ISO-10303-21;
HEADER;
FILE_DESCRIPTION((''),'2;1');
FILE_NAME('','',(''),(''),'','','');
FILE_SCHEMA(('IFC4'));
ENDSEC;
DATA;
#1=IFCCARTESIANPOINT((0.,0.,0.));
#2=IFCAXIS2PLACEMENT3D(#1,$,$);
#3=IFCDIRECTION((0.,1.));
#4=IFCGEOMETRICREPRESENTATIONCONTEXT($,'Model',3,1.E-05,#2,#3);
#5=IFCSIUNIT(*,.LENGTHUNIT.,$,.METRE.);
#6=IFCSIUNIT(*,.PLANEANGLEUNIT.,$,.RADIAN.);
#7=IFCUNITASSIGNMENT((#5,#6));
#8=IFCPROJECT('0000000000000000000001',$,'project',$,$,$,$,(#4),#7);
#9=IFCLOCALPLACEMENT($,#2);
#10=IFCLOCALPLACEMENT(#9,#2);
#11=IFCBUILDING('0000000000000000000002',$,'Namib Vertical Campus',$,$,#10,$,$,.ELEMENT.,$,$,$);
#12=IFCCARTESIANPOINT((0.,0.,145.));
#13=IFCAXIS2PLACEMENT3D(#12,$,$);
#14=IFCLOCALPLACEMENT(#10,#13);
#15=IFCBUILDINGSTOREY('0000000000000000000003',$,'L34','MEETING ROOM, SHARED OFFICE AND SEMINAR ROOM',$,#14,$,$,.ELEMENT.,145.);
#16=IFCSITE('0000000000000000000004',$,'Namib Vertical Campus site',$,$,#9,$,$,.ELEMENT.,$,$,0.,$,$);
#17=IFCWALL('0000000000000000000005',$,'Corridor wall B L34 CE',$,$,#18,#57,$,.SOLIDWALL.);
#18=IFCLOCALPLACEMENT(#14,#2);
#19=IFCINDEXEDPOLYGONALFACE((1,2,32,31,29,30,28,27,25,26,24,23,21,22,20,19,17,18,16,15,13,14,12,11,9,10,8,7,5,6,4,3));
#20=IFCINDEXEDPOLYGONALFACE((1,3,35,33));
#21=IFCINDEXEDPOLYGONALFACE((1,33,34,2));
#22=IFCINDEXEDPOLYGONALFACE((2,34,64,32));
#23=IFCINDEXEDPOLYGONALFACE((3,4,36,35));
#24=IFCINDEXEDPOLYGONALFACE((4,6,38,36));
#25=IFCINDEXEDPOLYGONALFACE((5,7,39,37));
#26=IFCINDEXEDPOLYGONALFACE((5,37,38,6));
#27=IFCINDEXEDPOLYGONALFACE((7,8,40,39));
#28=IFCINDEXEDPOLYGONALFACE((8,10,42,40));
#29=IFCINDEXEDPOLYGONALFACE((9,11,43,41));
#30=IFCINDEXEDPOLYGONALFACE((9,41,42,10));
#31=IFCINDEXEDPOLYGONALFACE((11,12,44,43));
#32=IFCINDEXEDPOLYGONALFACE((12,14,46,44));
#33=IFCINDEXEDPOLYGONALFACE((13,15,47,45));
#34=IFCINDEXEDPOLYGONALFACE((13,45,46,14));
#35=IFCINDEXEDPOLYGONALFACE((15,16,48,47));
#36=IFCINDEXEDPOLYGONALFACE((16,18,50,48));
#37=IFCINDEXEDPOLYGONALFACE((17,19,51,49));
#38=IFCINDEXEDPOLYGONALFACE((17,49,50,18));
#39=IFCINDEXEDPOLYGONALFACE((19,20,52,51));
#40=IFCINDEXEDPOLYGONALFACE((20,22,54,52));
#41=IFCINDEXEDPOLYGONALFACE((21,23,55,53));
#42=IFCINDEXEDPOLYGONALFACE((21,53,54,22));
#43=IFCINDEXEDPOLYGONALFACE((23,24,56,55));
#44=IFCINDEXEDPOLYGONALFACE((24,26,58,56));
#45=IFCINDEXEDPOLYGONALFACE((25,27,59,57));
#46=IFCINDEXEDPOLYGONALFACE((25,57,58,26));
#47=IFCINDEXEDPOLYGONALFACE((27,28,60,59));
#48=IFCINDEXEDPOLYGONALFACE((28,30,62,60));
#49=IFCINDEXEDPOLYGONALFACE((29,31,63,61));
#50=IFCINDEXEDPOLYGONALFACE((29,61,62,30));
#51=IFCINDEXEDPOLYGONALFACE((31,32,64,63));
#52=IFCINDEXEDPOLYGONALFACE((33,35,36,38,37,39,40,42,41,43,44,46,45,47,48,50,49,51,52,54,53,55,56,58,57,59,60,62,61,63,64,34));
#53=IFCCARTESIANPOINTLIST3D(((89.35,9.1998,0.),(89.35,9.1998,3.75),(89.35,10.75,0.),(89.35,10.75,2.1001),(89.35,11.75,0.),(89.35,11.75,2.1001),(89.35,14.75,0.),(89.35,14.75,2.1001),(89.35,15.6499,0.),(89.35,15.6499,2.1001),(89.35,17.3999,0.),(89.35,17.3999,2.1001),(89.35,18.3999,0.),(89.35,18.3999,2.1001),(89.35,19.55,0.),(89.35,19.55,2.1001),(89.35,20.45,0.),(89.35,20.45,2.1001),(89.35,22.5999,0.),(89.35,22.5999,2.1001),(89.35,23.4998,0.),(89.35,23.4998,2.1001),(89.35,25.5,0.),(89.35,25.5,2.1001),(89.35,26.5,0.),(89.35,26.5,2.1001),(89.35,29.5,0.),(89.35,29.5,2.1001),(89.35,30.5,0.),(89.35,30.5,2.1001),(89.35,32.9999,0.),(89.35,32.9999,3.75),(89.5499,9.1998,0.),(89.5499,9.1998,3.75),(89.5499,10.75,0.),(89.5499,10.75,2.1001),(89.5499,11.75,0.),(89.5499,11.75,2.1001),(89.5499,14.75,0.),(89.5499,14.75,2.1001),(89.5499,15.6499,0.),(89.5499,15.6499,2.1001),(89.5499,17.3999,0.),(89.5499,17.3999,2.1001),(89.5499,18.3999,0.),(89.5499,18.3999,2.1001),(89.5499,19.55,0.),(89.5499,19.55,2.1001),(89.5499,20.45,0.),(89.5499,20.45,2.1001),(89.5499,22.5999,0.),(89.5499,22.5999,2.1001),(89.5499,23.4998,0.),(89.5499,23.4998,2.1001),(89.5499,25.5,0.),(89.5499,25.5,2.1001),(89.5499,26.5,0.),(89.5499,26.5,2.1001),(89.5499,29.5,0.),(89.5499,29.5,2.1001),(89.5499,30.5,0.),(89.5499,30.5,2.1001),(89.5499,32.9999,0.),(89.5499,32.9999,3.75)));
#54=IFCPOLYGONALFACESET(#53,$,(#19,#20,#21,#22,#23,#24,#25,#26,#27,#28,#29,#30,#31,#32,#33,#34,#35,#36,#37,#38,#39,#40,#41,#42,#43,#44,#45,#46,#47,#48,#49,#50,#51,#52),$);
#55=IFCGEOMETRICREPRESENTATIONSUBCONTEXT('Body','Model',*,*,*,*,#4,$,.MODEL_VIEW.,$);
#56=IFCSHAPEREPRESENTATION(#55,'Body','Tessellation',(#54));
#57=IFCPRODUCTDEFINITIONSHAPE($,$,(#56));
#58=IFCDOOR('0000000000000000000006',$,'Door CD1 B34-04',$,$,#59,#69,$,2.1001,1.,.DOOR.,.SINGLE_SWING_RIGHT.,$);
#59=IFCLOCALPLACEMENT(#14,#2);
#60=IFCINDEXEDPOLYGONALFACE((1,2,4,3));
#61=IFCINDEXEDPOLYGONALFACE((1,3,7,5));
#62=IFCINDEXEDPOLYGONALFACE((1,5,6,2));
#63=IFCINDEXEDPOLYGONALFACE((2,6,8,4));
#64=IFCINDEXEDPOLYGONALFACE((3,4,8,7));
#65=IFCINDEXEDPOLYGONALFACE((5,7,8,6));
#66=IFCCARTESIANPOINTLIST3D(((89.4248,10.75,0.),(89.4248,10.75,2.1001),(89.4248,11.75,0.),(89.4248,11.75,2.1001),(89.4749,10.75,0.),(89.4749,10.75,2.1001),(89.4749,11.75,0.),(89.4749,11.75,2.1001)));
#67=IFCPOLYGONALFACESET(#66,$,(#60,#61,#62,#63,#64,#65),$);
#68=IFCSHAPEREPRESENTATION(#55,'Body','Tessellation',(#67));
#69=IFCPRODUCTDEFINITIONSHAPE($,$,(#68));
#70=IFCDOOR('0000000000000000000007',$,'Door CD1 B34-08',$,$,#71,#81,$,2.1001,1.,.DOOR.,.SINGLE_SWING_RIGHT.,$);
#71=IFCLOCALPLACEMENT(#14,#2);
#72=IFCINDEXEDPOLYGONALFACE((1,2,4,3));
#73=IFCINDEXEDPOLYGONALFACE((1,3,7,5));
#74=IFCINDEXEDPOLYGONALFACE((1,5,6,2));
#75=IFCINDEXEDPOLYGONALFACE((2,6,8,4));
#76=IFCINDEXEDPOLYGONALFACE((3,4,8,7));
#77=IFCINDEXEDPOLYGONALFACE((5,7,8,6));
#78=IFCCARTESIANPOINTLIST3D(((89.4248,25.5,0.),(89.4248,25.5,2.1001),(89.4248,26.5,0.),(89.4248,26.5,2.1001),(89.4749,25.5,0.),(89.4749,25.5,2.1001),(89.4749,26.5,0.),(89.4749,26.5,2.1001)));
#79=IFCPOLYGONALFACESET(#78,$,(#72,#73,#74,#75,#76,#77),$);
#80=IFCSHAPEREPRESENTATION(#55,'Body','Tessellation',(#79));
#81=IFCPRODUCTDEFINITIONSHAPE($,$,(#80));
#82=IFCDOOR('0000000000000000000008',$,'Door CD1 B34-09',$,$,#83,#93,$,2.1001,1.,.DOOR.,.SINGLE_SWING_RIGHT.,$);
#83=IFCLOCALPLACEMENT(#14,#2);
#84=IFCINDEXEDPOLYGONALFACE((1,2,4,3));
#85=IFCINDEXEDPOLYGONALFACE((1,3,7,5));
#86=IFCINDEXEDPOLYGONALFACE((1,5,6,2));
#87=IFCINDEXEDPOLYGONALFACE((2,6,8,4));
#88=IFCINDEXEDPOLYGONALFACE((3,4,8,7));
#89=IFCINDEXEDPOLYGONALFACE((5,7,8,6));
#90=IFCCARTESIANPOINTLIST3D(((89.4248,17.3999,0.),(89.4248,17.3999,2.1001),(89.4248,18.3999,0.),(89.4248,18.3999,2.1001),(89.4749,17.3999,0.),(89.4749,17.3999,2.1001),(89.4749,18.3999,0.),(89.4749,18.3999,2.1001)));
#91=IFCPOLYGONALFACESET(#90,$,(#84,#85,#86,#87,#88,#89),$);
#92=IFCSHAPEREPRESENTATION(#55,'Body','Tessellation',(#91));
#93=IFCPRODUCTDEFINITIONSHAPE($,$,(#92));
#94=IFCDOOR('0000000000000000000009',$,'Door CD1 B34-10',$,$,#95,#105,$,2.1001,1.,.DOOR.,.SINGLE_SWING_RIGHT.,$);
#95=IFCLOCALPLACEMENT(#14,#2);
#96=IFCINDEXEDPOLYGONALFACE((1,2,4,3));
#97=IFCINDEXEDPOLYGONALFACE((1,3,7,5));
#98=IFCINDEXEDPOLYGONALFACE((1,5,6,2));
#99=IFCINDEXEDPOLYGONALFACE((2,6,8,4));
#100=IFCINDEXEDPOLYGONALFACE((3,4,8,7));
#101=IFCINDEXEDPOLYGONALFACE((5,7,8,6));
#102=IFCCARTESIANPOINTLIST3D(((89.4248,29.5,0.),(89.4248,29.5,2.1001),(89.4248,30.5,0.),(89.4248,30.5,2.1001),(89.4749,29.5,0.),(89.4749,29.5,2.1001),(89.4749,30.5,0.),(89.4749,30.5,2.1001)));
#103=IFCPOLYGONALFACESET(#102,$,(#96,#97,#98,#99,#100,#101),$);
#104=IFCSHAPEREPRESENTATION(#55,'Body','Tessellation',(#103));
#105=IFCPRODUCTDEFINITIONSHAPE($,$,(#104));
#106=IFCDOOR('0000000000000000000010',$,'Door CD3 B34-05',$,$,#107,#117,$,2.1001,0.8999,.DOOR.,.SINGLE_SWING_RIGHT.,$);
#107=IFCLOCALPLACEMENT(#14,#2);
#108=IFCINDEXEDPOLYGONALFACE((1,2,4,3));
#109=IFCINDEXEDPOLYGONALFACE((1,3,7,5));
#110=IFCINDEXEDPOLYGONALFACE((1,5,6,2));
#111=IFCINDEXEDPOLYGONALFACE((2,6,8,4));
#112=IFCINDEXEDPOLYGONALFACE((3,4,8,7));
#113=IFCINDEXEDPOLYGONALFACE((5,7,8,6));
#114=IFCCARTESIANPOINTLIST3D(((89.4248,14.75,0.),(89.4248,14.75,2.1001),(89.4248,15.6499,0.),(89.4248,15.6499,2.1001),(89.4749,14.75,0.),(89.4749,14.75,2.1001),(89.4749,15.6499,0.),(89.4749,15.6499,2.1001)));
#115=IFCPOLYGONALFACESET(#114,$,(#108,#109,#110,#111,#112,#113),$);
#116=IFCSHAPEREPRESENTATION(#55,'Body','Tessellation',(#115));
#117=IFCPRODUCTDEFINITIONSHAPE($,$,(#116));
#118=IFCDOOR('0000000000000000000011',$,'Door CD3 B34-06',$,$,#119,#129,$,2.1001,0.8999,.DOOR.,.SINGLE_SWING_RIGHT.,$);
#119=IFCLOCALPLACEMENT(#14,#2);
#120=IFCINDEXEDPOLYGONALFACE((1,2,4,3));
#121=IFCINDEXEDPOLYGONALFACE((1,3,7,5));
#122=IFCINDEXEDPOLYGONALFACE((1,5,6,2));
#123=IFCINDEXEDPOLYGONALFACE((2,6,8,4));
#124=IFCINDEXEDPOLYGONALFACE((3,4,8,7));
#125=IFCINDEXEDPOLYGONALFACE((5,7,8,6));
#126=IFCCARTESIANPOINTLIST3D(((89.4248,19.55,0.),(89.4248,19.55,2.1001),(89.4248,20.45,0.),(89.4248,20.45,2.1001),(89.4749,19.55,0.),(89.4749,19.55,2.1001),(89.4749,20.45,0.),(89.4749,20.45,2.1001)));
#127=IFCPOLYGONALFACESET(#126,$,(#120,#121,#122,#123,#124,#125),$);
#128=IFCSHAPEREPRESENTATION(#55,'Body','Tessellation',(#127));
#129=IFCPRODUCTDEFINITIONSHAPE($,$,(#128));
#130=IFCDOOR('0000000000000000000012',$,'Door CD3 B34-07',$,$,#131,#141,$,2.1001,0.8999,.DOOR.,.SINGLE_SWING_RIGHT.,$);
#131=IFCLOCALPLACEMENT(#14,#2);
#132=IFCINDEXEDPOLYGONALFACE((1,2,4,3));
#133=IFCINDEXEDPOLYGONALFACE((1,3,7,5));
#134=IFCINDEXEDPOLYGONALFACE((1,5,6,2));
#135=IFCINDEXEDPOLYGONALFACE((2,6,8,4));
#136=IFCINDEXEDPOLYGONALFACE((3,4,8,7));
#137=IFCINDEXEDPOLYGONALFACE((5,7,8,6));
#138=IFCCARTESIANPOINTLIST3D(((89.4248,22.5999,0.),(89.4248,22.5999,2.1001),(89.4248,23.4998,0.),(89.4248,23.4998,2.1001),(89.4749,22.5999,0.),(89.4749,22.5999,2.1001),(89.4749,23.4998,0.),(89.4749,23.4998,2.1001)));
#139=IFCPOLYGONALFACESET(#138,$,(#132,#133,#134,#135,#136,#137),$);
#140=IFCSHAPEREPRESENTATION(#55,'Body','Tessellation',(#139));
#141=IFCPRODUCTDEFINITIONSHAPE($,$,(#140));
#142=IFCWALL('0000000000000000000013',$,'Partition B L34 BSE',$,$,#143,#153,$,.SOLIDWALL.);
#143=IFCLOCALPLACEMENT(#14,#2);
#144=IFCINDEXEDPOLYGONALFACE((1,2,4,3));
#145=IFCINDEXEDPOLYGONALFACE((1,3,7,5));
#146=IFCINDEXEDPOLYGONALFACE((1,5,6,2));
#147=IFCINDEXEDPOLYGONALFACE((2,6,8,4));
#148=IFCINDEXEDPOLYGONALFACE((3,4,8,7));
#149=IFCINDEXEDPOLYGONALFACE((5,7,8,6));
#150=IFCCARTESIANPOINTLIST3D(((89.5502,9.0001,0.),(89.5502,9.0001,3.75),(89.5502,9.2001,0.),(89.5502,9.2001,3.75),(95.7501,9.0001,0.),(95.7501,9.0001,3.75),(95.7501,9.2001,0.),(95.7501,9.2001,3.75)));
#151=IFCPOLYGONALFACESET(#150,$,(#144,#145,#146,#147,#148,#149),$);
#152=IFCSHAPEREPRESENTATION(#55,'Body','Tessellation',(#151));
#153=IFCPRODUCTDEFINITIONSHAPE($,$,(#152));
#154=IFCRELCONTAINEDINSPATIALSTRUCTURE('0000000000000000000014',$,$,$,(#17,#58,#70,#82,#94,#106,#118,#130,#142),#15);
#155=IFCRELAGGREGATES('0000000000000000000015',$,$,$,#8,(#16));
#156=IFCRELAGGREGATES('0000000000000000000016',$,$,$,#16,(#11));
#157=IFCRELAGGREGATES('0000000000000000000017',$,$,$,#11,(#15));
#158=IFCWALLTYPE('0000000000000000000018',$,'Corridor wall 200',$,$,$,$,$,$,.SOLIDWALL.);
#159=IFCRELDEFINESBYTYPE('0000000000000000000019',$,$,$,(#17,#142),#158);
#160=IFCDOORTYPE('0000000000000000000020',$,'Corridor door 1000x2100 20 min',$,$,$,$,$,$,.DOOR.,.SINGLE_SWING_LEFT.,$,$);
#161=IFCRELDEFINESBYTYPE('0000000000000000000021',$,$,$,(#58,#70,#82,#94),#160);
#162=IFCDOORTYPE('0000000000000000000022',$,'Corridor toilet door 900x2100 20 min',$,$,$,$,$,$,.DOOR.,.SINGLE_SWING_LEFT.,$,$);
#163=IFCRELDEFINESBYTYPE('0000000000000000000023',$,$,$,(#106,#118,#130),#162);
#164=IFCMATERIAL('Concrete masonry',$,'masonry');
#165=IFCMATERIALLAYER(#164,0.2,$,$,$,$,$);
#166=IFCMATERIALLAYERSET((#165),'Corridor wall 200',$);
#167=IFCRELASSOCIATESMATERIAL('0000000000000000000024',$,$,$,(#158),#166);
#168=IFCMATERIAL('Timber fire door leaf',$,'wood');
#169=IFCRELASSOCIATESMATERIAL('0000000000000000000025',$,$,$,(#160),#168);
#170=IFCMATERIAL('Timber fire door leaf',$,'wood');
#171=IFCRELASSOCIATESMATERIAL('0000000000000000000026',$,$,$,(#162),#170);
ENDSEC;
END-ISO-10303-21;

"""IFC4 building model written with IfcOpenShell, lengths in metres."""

from ifc_helpers import new_model, si_unit, direction, frame, frame_2d, origin, place, context, subcontext, project, spatial, rectangle, extrude, material, layer, layer_set, type_object, element, fill, save


model = new_model("IFC4")

# Units and contexts
model_context = context("Model", 3, precision=1e-05, world=origin(), true_north=direction((0.0, 1.0)))
body_context = subcontext(model_context, "Body", "Model", "MODEL_VIEW")
ifc_project = project(units=[si_unit("LENGTHUNIT", "METRE"), si_unit("PLANEANGLEUNIT", "RADIAN")], contexts=[model_context])

# Site, building, storey
site_placement = place(None, origin())
site = spatial("IfcSite", under=ifc_project, at=site_placement, Name="Namib Vertical Campus site", CompositionType="ELEMENT", RefElevation=0.0)
building_placement = place(site_placement, origin())
building = spatial("IfcBuilding", under=site, at=building_placement, Name="Namib Vertical Campus", CompositionType="ELEMENT")
storey_placement = place(building_placement, frame((0.0, 0.0, 145.0)))
storey = spatial("IfcBuildingStorey", under=building, at=storey_placement, Name="L34", Description="MEETING ROOM, SHARED OFFICE AND SEMINAR ROOM", CompositionType="ELEMENT", Elevation=145.0)

# Wall, openings, doors
ifc_material_1 = material(Name="Concrete masonry", Category="masonry")
ifc_layer_1 = layer(ifc_material_1, 0.2)
ifc_layer_set_1 = layer_set([ifc_layer_1], Name="Corridor wall 200")
wall_type_1 = type_object("IfcWallType", Name="Corridor wall 200", PredefinedType="SOLIDWALL", material=ifc_layer_set_1)
wall_1_placement = place(storey_placement, frame((89.45, 9.2, 0.0), z_axis=(0.0, 0.0, 1.0), x_axis=(0.0, 1.0, 0.0)))
wall_1 = element("IfcWall", 1, at=wall_1_placement, inside=storey, type_object=wall_type_1, Name="Corridor wall B L34 CE", PredefinedType="SOLIDWALL", context=body_context, shape_type="SweptSolid", body=[
    extrude(rectangle(XDim=23.8, YDim=0.2, at=frame_2d((11.8999, 0.0))), origin(), (0.0, 0.0, 1.0), 3.75),
])
opening_1_placement = place(wall_1_placement, frame((1.55, 0.0, 0.0)))
opening_1 = element("IfcOpeningElement", 2, at=opening_1_placement, cuts=wall_1, PredefinedType="OPENING", context=body_context, shape_type="SweptSolid", body=[
    extrude(rectangle(XDim=1.0, YDim=2.1001, at=frame_2d((0.5, 1.05))), frame((0.0, 0.1099, 0.0), z_axis=(0.0, -1.0, 0.0), x_axis=(1.0, 0.0, 0.0)), (0.0, 0.0, 1.0), 0.22),
])
opening_2_placement = place(wall_1_placement, frame((5.55, 0.0, 0.0)))
opening_2 = element("IfcOpeningElement", 3, at=opening_2_placement, cuts=wall_1, PredefinedType="OPENING", context=body_context, shape_type="SweptSolid", body=[
    extrude(rectangle(XDim=0.8999, YDim=2.1001, at=frame_2d((0.45, 1.05))), frame((0.0, 0.1099, 0.0), z_axis=(0.0, -1.0, 0.0), x_axis=(1.0, 0.0, 0.0)), (0.0, 0.0, 1.0), 0.22),
])
opening_3_placement = place(wall_1_placement, frame((10.3501, 0.0, 0.0)))
opening_3 = element("IfcOpeningElement", 4, at=opening_3_placement, cuts=wall_1, PredefinedType="OPENING", context=body_context, shape_type="SweptSolid", body=[
    extrude(rectangle(XDim=0.8999, YDim=2.1001, at=frame_2d((0.45, 1.05))), frame((0.0, 0.1099, 0.0), z_axis=(0.0, -1.0, 0.0), x_axis=(1.0, 0.0, 0.0)), (0.0, 0.0, 1.0), 0.22),
])
opening_4_placement = place(wall_1_placement, frame((13.3999, 0.0, 0.0)))
opening_4 = element("IfcOpeningElement", 5, at=opening_4_placement, cuts=wall_1, PredefinedType="OPENING", context=body_context, shape_type="SweptSolid", body=[
    extrude(rectangle(XDim=0.8999, YDim=2.1001, at=frame_2d((0.45, 1.05))), frame((0.0, 0.1099, 0.0), z_axis=(0.0, -1.0, 0.0), x_axis=(1.0, 0.0, 0.0)), (0.0, 0.0, 1.0), 0.22),
])
opening_5_placement = place(wall_1_placement, frame((16.3, 0.0, 0.0)))
opening_5 = element("IfcOpeningElement", 6, at=opening_5_placement, cuts=wall_1, PredefinedType="OPENING", context=body_context, shape_type="SweptSolid", body=[
    extrude(rectangle(XDim=1.0, YDim=2.1001, at=frame_2d((0.5, 1.05))), frame((0.0, 0.1099, 0.0), z_axis=(0.0, -1.0, 0.0), x_axis=(1.0, 0.0, 0.0)), (0.0, 0.0, 1.0), 0.22),
])
opening_6_placement = place(wall_1_placement, frame((8.2, 0.0, 0.0)))
opening_6 = element("IfcOpeningElement", 7, at=opening_6_placement, cuts=wall_1, PredefinedType="OPENING", context=body_context, shape_type="SweptSolid", body=[
    extrude(rectangle(XDim=1.0, YDim=2.1001, at=frame_2d((0.5, 1.05))), frame((0.0, 0.1099, 0.0), z_axis=(0.0, -1.0, 0.0), x_axis=(1.0, 0.0, 0.0)), (0.0, 0.0, 1.0), 0.22),
])
opening_7_placement = place(wall_1_placement, frame((20.3, 0.0, 0.0)))
opening_7 = element("IfcOpeningElement", 8, at=opening_7_placement, cuts=wall_1, PredefinedType="OPENING", context=body_context, shape_type="SweptSolid", body=[
    extrude(rectangle(XDim=1.0, YDim=2.1001, at=frame_2d((0.5, 1.05))), frame((0.0, 0.1099, 0.0), z_axis=(0.0, -1.0, 0.0), x_axis=(1.0, 0.0, 0.0)), (0.0, 0.0, 1.0), 0.22),
])
ifc_material_2 = material(Name="Timber fire door leaf", Category="wood")
door_type_1 = type_object("IfcDoorType", Name="Corridor door 1000x2100 20 min", OperationType="SINGLE_SWING_LEFT", PredefinedType="DOOR", material=ifc_material_2)
door_1_placement = place(opening_1_placement, frame((1.0, 0.0, 0.0), z_axis=(0.0, 0.0, 1.0), x_axis=(-1.0, 0.0, 0.0)))
door_1 = element("IfcDoor", 9, at=door_1_placement, inside=storey, type_object=door_type_1, Name="Door CD1 B34-04", OperationType="SINGLE_SWING_RIGHT", OverallHeight=2.1001, OverallWidth=1.0, PredefinedType="DOOR", context=body_context, shape_type="SweptSolid", body=[
    extrude(rectangle(XDim=1.0, YDim=2.1001, at=frame_2d((0.5, 1.05))), frame((0.0, 0.0249, 0.0), z_axis=(0.0, -1.0, 0.0), x_axis=(1.0, 0.0, 0.0)), (0.0, 0.0, 1.0), 0.05),
])
fill(opening_1, door_1)
door_2_placement = place(opening_5_placement, frame((1.0, 0.0, 0.0), z_axis=(0.0, 0.0, 1.0), x_axis=(-1.0, 0.0, 0.0)))
door_2 = element("IfcDoor", 10, at=door_2_placement, inside=storey, type_object=door_type_1, Name="Door CD1 B34-08", OperationType="SINGLE_SWING_RIGHT", OverallHeight=2.1001, OverallWidth=1.0, PredefinedType="DOOR", context=body_context, shape_type="SweptSolid", body=[
    extrude(rectangle(XDim=1.0, YDim=2.1001, at=frame_2d((0.5, 1.05))), frame((0.0, 0.0249, 0.0), z_axis=(0.0, -1.0, 0.0), x_axis=(1.0, 0.0, 0.0)), (0.0, 0.0, 1.0), 0.05),
])
fill(opening_5, door_2)
door_3_placement = place(opening_6_placement, frame((1.0, 0.0, 0.0), z_axis=(0.0, 0.0, 1.0), x_axis=(-1.0, 0.0, 0.0)))
door_3 = element("IfcDoor", 11, at=door_3_placement, inside=storey, type_object=door_type_1, Name="Door CD1 B34-09", OperationType="SINGLE_SWING_RIGHT", OverallHeight=2.1001, OverallWidth=1.0, PredefinedType="DOOR", context=body_context, shape_type="SweptSolid", body=[
    extrude(rectangle(XDim=1.0, YDim=2.1001, at=frame_2d((0.5, 1.05))), frame((0.0, 0.0249, 0.0), z_axis=(0.0, -1.0, 0.0), x_axis=(1.0, 0.0, 0.0)), (0.0, 0.0, 1.0), 0.05),
])
fill(opening_6, door_3)
door_4_placement = place(opening_7_placement, frame((1.0, 0.0, 0.0), z_axis=(0.0, 0.0, 1.0), x_axis=(-1.0, 0.0, 0.0)))
door_4 = element("IfcDoor", 12, at=door_4_placement, inside=storey, type_object=door_type_1, Name="Door CD1 B34-10", OperationType="SINGLE_SWING_RIGHT", OverallHeight=2.1001, OverallWidth=1.0, PredefinedType="DOOR", context=body_context, shape_type="SweptSolid", body=[
    extrude(rectangle(XDim=1.0, YDim=2.1001, at=frame_2d((0.5, 1.05))), frame((0.0, 0.0249, 0.0), z_axis=(0.0, -1.0, 0.0), x_axis=(1.0, 0.0, 0.0)), (0.0, 0.0, 1.0), 0.05),
])
fill(opening_7, door_4)
ifc_material_3 = material(Name="Timber fire door leaf", Category="wood")
door_type_2 = type_object("IfcDoorType", Name="Corridor toilet door 900x2100 20 min", OperationType="SINGLE_SWING_LEFT", PredefinedType="DOOR", material=ifc_material_3)
door_5_placement = place(opening_2_placement, frame((0.8999, 0.0, 0.0), z_axis=(0.0, 0.0, 1.0), x_axis=(-1.0, 0.0, 0.0)))
door_5 = element("IfcDoor", 13, at=door_5_placement, inside=storey, type_object=door_type_2, Name="Door CD3 B34-05", OperationType="SINGLE_SWING_RIGHT", OverallHeight=2.1001, OverallWidth=0.8999, PredefinedType="DOOR", context=body_context, shape_type="SweptSolid", body=[
    extrude(rectangle(XDim=0.8999, YDim=2.1001, at=frame_2d((0.45, 1.05))), frame((0.0, 0.0249, 0.0), z_axis=(0.0, -1.0, 0.0), x_axis=(1.0, 0.0, 0.0)), (0.0, 0.0, 1.0), 0.05),
])
fill(opening_2, door_5)
door_6_placement = place(opening_3_placement, frame((0.8999, 0.0, 0.0), z_axis=(0.0, 0.0, 1.0), x_axis=(-1.0, 0.0, 0.0)))
door_6 = element("IfcDoor", 14, at=door_6_placement, inside=storey, type_object=door_type_2, Name="Door CD3 B34-06", OperationType="SINGLE_SWING_RIGHT", OverallHeight=2.1001, OverallWidth=0.8999, PredefinedType="DOOR", context=body_context, shape_type="SweptSolid", body=[
    extrude(rectangle(XDim=0.8999, YDim=2.1001, at=frame_2d((0.45, 1.05))), frame((0.0, 0.0249, 0.0), z_axis=(0.0, -1.0, 0.0), x_axis=(1.0, 0.0, 0.0)), (0.0, 0.0, 1.0), 0.05),
])
fill(opening_3, door_6)
door_7_placement = place(opening_4_placement, frame((0.8999, 0.0, 0.0), z_axis=(0.0, 0.0, 1.0), x_axis=(-1.0, 0.0, 0.0)))
door_7 = element("IfcDoor", 15, at=door_7_placement, inside=storey, type_object=door_type_2, Name="Door CD3 B34-07", OperationType="SINGLE_SWING_RIGHT", OverallHeight=2.1001, OverallWidth=0.8999, PredefinedType="DOOR", context=body_context, shape_type="SweptSolid", body=[
    extrude(rectangle(XDim=0.8999, YDim=2.1001, at=frame_2d((0.45, 1.05))), frame((0.0, 0.0249, 0.0), z_axis=(0.0, -1.0, 0.0), x_axis=(1.0, 0.0, 0.0)), (0.0, 0.0, 1.0), 0.05),
])
fill(opening_4, door_7)

# Wall
wall_2_placement = place(storey_placement, frame((89.55, 9.1001, 0.0), z_axis=(0.0, 0.0, 1.0), x_axis=(1.0, 0.0, 0.0)))
element("IfcWall", 16, at=wall_2_placement, inside=storey, type_object=wall_type_1, Name="Partition B L34 BSE", PredefinedType="SOLIDWALL", context=body_context, shape_type="SweptSolid", body=[
    extrude(rectangle(XDim=6.2, YDim=0.2, at=frame_2d((3.1001, 0.0))), origin(), (0.0, 0.0, 1.0), 3.75),
])

save(model, "model.ifc")
